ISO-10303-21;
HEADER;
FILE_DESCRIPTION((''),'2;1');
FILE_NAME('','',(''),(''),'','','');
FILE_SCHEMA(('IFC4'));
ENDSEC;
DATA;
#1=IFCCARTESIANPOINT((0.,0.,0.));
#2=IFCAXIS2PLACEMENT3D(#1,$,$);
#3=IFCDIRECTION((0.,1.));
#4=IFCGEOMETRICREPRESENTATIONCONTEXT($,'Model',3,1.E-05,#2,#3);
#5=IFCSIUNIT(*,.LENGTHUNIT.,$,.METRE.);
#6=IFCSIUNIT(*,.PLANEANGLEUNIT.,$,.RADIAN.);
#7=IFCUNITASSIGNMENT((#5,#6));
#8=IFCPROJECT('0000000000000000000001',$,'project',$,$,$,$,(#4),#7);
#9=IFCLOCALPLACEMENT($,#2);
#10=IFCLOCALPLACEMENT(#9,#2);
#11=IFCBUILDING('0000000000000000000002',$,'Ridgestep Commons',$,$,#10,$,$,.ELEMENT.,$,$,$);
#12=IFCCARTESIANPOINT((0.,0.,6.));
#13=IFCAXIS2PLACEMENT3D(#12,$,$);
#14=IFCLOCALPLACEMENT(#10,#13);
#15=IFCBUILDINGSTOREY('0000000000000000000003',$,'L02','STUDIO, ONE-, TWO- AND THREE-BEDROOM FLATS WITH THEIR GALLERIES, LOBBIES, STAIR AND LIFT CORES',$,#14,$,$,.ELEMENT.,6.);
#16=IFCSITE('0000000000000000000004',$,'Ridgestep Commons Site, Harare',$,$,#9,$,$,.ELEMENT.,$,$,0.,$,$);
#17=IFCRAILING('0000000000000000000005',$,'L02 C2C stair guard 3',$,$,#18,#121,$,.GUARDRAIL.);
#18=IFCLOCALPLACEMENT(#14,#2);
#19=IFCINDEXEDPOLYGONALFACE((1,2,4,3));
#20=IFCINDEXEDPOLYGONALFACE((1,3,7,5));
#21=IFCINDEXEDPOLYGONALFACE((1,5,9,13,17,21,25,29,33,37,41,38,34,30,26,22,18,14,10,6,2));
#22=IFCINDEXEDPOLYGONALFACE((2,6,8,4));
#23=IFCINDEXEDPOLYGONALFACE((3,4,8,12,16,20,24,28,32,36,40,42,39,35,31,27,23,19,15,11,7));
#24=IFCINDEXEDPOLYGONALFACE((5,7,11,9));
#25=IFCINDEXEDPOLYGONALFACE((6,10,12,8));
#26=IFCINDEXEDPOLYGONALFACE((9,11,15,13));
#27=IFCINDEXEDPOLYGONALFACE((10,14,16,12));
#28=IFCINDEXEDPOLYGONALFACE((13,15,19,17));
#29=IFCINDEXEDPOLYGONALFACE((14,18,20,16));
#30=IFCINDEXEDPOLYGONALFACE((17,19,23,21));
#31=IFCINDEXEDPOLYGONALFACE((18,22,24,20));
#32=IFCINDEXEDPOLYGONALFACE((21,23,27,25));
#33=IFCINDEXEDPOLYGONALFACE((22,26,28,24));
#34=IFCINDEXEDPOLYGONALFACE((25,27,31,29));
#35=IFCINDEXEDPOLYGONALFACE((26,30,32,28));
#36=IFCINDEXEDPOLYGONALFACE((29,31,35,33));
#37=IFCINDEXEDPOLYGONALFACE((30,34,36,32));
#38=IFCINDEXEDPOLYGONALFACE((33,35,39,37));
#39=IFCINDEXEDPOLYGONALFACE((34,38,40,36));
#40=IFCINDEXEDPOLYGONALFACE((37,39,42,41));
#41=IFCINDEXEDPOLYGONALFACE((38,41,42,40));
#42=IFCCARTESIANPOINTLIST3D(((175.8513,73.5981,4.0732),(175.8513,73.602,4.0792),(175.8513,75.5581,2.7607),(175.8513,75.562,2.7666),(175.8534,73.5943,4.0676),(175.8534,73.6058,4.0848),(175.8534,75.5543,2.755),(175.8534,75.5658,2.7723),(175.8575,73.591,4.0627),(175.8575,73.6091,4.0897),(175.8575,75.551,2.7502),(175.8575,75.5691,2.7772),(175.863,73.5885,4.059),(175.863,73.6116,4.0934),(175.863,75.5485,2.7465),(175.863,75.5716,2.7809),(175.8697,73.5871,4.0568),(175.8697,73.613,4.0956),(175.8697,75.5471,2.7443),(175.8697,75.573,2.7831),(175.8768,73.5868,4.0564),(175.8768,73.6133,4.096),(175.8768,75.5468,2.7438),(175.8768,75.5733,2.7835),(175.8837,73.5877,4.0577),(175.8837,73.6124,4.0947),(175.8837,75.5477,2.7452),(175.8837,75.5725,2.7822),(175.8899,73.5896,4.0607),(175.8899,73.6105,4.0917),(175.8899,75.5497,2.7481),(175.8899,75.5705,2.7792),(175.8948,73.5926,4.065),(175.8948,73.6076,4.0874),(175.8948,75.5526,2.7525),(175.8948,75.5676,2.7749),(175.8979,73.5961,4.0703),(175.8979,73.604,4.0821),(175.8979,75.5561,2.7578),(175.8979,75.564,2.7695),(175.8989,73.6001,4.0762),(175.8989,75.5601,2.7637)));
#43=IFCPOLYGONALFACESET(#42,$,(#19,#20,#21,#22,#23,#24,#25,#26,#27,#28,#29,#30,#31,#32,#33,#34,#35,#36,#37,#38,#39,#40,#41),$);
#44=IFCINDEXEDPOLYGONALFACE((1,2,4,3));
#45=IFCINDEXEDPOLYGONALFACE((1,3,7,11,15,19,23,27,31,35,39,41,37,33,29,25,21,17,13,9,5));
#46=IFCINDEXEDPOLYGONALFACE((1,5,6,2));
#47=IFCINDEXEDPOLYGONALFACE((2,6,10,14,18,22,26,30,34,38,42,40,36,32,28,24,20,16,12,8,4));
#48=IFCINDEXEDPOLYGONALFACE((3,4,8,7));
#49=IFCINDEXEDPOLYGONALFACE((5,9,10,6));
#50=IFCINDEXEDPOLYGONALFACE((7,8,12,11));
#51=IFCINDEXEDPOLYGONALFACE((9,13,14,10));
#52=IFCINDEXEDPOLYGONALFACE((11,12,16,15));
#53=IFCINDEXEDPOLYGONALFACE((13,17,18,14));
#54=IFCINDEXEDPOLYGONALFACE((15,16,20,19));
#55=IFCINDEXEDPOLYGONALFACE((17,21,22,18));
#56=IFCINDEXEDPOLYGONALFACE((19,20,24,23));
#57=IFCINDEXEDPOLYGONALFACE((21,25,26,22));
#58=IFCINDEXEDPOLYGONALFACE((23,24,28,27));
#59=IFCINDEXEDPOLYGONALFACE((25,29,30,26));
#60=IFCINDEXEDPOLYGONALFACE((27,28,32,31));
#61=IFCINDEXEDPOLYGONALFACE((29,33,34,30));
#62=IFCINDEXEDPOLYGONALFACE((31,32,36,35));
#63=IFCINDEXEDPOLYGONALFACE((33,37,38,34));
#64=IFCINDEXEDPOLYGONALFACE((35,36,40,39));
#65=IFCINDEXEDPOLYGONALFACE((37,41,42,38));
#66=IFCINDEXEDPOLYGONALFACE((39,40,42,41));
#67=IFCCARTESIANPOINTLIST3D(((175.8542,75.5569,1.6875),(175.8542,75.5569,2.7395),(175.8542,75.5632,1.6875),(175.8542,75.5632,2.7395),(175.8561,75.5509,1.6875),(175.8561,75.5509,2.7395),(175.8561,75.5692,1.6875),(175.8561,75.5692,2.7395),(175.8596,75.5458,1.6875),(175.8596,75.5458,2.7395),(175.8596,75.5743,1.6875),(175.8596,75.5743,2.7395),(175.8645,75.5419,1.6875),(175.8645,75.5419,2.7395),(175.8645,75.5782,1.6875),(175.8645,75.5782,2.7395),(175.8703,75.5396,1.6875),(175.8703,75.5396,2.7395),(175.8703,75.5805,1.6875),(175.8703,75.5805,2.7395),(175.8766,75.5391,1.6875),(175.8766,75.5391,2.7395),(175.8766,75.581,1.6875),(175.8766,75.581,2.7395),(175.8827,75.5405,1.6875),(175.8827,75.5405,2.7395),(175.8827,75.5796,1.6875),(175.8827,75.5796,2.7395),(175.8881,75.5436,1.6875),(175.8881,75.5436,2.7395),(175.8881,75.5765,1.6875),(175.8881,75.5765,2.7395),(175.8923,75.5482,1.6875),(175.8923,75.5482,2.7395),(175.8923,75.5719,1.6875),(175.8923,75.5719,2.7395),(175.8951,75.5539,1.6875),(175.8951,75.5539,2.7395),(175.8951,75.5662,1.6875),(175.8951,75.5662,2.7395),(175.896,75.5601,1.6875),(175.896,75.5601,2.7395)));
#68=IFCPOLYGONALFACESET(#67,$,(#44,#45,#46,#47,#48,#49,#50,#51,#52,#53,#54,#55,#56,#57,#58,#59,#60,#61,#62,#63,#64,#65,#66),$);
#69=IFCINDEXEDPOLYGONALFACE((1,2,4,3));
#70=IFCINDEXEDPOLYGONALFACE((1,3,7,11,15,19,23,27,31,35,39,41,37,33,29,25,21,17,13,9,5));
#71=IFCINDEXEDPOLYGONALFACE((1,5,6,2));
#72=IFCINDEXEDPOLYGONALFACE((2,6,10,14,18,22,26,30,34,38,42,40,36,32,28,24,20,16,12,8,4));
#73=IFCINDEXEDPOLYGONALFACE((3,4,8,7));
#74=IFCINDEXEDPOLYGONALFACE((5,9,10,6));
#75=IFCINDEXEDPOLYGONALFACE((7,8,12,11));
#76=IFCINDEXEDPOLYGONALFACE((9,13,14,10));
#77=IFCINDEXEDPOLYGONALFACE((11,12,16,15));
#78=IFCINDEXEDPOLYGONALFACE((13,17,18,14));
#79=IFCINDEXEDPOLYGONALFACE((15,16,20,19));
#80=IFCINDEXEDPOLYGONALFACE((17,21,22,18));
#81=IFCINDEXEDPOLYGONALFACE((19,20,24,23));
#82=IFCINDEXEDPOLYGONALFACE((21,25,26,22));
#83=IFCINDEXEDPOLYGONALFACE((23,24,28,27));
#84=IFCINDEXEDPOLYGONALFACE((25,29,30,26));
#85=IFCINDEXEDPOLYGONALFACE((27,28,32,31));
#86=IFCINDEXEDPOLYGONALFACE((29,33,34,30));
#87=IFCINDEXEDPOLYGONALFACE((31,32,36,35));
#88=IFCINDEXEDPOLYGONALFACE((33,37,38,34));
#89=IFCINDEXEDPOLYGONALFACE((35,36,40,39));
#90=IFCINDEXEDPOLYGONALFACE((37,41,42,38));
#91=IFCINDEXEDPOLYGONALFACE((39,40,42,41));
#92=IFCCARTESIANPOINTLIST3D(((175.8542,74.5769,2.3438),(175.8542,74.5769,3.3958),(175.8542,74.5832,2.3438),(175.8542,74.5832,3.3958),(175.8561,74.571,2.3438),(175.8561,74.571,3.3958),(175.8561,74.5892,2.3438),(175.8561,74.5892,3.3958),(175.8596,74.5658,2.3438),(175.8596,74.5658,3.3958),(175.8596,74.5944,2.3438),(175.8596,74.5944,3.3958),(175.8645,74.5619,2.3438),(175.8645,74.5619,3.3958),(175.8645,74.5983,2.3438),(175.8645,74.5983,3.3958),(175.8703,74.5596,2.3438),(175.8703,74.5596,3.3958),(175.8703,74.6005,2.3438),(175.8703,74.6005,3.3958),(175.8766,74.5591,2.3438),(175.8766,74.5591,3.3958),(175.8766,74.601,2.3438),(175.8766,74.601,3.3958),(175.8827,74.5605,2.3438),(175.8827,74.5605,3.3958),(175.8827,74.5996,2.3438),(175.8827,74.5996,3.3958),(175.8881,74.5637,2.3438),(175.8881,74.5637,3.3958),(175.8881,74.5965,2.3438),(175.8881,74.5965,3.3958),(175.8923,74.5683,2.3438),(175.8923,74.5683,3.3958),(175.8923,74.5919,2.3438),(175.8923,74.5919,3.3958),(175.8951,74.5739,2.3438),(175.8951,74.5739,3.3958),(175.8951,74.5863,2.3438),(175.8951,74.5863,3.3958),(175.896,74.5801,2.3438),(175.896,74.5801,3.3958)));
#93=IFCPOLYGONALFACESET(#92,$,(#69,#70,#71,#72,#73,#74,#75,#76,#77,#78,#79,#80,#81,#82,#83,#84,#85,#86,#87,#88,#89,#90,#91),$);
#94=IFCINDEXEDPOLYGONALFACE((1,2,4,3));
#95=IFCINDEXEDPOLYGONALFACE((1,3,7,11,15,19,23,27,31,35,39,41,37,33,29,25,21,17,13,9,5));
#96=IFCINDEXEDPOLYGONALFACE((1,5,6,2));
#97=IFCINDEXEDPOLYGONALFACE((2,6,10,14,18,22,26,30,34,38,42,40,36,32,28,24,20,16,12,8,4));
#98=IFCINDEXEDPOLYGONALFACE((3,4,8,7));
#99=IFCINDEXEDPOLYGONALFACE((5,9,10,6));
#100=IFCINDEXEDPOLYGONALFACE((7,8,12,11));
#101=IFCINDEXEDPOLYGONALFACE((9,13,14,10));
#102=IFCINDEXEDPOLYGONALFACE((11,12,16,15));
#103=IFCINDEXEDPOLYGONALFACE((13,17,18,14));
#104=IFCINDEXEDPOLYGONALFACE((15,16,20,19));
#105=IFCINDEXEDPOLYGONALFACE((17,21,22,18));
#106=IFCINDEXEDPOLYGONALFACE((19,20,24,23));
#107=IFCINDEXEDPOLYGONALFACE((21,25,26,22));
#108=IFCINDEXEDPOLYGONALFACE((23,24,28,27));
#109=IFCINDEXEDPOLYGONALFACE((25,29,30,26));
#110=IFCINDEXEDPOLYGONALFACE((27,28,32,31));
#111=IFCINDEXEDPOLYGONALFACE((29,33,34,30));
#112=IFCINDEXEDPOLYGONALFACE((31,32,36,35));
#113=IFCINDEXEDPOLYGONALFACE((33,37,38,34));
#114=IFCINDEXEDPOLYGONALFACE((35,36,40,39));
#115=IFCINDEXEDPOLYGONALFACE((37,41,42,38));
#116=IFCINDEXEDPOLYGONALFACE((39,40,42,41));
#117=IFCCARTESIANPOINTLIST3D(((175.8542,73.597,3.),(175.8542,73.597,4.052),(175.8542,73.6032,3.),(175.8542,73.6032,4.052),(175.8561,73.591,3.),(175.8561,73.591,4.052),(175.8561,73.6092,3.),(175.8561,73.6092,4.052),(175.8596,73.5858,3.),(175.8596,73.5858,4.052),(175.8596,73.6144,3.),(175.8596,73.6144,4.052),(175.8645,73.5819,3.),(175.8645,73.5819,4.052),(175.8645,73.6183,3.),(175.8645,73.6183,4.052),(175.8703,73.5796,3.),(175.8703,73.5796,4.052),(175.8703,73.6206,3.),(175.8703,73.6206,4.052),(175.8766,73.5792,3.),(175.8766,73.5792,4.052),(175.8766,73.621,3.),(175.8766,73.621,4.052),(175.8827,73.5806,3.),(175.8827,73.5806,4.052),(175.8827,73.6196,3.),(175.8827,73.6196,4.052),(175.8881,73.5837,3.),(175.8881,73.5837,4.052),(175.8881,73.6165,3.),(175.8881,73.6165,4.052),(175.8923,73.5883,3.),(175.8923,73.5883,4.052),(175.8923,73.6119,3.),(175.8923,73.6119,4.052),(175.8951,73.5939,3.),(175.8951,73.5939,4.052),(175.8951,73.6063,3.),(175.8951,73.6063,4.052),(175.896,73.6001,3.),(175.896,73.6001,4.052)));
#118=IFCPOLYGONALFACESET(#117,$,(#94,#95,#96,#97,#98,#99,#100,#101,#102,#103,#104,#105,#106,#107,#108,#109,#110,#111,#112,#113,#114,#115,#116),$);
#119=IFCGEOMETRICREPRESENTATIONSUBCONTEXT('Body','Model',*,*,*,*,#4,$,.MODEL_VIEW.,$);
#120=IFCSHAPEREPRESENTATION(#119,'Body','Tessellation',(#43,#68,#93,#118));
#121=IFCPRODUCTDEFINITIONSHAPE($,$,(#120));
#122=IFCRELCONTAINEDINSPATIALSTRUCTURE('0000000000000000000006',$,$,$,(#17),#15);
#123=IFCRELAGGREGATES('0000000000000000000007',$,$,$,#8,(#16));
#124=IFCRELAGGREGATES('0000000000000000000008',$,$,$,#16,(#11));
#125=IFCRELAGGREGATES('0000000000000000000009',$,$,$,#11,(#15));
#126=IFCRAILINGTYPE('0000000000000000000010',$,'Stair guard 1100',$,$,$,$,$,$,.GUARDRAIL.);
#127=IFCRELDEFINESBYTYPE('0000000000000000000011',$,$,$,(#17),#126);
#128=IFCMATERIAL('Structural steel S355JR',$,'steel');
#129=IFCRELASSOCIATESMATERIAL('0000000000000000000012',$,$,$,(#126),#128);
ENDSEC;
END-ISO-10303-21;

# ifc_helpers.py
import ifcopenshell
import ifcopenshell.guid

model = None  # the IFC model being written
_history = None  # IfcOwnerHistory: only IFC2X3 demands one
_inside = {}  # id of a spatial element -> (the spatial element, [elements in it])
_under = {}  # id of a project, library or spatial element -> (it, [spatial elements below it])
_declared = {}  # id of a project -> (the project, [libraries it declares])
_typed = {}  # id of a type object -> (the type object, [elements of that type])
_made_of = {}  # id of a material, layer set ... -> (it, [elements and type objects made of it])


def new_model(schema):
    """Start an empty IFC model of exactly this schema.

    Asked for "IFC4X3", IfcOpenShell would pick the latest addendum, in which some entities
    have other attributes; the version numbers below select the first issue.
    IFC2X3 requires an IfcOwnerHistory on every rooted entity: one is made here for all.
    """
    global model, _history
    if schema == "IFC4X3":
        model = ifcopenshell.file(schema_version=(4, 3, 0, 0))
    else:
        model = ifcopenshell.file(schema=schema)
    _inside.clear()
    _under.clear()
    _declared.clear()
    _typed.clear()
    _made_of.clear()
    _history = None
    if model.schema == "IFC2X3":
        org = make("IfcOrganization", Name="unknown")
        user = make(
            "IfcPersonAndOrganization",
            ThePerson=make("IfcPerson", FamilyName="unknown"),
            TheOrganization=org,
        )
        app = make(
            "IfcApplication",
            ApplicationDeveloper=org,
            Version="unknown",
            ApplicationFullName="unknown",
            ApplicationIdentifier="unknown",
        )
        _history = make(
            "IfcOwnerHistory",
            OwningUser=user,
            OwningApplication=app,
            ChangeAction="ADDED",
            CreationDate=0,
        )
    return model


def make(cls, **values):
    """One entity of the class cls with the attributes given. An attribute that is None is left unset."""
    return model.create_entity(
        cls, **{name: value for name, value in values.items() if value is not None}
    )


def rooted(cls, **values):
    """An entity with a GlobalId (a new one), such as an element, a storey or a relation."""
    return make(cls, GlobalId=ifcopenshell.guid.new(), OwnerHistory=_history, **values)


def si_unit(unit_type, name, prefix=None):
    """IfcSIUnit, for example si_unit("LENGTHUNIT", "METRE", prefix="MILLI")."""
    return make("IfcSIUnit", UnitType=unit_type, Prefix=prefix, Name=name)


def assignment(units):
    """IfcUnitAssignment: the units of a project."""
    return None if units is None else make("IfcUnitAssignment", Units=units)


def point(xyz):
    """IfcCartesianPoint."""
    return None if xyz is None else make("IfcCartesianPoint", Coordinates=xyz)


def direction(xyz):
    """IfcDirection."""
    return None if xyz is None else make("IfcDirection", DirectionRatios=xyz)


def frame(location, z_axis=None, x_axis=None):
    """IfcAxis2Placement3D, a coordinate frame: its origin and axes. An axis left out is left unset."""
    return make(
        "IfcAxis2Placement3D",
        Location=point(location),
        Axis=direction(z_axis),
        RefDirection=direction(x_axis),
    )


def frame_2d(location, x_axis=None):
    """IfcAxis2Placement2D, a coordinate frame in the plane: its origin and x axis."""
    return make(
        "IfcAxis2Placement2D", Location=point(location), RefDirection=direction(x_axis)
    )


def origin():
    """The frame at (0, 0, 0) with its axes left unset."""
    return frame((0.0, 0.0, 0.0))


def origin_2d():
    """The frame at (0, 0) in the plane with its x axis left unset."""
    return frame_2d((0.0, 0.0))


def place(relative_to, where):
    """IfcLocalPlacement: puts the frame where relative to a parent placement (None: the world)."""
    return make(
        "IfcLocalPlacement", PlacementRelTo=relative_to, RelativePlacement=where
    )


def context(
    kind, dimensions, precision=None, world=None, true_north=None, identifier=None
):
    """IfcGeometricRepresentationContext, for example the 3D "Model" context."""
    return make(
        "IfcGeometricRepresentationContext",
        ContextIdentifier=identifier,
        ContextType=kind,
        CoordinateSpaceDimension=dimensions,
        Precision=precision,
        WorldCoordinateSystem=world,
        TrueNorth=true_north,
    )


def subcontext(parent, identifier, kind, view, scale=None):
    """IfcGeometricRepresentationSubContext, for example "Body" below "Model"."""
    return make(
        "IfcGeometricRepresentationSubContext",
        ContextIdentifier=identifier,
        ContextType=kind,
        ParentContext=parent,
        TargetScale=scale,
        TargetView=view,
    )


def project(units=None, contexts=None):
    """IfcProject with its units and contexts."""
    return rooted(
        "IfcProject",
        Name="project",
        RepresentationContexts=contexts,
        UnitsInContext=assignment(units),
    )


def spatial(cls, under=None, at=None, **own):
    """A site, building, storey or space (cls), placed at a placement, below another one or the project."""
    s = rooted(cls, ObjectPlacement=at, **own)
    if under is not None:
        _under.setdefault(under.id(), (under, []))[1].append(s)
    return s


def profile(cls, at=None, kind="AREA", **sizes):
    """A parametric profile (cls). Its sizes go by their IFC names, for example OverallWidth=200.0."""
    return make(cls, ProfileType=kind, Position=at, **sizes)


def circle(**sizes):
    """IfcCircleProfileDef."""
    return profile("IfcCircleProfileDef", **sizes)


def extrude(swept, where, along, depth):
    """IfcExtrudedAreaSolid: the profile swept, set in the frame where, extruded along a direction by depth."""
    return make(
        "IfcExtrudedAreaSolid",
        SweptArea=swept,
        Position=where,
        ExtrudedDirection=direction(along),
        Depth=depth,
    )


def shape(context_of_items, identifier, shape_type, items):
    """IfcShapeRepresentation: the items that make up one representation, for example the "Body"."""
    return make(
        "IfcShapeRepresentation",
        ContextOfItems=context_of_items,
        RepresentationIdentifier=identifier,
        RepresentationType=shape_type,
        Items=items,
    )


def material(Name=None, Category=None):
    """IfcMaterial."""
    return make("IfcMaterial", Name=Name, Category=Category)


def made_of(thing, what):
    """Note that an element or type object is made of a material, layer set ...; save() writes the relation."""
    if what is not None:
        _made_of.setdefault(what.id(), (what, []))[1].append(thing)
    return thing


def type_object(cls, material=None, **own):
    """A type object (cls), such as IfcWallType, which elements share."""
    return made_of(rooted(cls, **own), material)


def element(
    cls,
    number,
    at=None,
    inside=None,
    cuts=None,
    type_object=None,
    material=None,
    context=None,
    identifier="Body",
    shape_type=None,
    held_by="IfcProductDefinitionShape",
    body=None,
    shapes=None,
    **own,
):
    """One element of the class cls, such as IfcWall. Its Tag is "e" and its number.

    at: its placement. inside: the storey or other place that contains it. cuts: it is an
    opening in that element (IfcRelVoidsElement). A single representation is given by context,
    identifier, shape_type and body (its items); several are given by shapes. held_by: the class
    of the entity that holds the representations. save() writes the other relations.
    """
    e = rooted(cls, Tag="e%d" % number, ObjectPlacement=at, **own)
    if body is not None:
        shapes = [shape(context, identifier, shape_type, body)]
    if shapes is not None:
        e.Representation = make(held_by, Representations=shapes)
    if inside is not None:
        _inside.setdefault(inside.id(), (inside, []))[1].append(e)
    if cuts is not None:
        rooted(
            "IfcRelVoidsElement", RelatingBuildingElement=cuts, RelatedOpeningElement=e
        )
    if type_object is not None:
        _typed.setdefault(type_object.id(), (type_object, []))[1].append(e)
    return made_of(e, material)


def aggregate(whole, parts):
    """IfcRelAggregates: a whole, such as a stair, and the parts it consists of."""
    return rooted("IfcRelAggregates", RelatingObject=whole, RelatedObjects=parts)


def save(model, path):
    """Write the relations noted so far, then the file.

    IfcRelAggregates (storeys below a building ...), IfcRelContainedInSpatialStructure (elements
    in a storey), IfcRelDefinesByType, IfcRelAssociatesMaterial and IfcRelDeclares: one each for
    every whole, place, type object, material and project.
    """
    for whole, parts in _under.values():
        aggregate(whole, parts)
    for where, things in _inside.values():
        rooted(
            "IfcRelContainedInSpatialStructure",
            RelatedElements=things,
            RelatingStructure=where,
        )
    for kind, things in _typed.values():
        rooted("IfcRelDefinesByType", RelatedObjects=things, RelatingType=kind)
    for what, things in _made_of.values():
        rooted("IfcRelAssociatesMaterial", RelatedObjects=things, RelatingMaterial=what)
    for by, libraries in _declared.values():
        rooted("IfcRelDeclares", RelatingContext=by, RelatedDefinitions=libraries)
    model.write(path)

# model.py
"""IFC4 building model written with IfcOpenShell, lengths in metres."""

from ifc_helpers import new_model, si_unit, direction, frame, origin, origin_2d, place, context, subcontext, project, spatial, circle, extrude, material, type_object, element, save


model = new_model("IFC4")

# Units and contexts
model_context = context("Model", 3, precision=1e-05, world=origin(), true_north=direction((0.0, 1.0)))
body_context = subcontext(model_context, "Body", "Model", "MODEL_VIEW")
ifc_project = project(units=[si_unit("LENGTHUNIT", "METRE"), si_unit("PLANEANGLEUNIT", "RADIAN")], contexts=[model_context])

# Site, building, storey
site_placement = place(None, origin())
site = spatial("IfcSite", under=ifc_project, at=site_placement, Name="Ridgestep Commons Site, Harare", CompositionType="ELEMENT", RefElevation=0.0)
building_placement = place(site_placement, origin())
building = spatial("IfcBuilding", under=site, at=building_placement, Name="Ridgestep Commons", CompositionType="ELEMENT")
storey_placement = place(building_placement, frame((0.0, 0.0, 6.0)))
storey = spatial("IfcBuildingStorey", under=building, at=storey_placement, Name="L02", Description="STUDIO, ONE-, TWO- AND THREE-BEDROOM FLATS WITH THEIR GALLERIES, LOBBIES, STAIR AND LIFT CORES", CompositionType="ELEMENT", Elevation=6.0)

# Railing
ifc_material_1 = material(Name="Structural steel S355JR", Category="steel")
railing_type_1 = type_object("IfcRailingType", Name="Stair guard 1100", PredefinedType="GUARDRAIL", material=ifc_material_1)
railing_1_placement = place(storey_placement, frame((175.875, 75.5601, 1.6875)))
element("IfcRailing", 1, at=railing_1_placement, inside=storey, type_object=railing_type_1, Name="L02 C2C stair guard 3", PredefinedType="GUARDRAIL", context=body_context, shape_type="SweptSolid", body=[
    extrude(circle(Radius=0.0239, at=origin_2d()), frame((0.0, 0.0, 1.0762), z_axis=(0.0, -0.830902, 0.556419), x_axis=(1.0, 0.0, 0.0)), (0.0, 0.0, 1.0), 2.3589),
    extrude(circle(Radius=0.021, at=origin_2d()), origin(), (0.0, 0.0, 1.0), 1.052),
    extrude(circle(Radius=0.021, at=origin_2d()), frame((0.0, -0.98, 0.6562)), (0.0, 0.0, 1.0), 1.052),
    extrude(circle(Radius=0.021, at=origin_2d()), frame((0.0, -1.96, 1.3125)), (0.0, 0.0, 1.0), 1.052),
])

save(model, "model.ifc")
